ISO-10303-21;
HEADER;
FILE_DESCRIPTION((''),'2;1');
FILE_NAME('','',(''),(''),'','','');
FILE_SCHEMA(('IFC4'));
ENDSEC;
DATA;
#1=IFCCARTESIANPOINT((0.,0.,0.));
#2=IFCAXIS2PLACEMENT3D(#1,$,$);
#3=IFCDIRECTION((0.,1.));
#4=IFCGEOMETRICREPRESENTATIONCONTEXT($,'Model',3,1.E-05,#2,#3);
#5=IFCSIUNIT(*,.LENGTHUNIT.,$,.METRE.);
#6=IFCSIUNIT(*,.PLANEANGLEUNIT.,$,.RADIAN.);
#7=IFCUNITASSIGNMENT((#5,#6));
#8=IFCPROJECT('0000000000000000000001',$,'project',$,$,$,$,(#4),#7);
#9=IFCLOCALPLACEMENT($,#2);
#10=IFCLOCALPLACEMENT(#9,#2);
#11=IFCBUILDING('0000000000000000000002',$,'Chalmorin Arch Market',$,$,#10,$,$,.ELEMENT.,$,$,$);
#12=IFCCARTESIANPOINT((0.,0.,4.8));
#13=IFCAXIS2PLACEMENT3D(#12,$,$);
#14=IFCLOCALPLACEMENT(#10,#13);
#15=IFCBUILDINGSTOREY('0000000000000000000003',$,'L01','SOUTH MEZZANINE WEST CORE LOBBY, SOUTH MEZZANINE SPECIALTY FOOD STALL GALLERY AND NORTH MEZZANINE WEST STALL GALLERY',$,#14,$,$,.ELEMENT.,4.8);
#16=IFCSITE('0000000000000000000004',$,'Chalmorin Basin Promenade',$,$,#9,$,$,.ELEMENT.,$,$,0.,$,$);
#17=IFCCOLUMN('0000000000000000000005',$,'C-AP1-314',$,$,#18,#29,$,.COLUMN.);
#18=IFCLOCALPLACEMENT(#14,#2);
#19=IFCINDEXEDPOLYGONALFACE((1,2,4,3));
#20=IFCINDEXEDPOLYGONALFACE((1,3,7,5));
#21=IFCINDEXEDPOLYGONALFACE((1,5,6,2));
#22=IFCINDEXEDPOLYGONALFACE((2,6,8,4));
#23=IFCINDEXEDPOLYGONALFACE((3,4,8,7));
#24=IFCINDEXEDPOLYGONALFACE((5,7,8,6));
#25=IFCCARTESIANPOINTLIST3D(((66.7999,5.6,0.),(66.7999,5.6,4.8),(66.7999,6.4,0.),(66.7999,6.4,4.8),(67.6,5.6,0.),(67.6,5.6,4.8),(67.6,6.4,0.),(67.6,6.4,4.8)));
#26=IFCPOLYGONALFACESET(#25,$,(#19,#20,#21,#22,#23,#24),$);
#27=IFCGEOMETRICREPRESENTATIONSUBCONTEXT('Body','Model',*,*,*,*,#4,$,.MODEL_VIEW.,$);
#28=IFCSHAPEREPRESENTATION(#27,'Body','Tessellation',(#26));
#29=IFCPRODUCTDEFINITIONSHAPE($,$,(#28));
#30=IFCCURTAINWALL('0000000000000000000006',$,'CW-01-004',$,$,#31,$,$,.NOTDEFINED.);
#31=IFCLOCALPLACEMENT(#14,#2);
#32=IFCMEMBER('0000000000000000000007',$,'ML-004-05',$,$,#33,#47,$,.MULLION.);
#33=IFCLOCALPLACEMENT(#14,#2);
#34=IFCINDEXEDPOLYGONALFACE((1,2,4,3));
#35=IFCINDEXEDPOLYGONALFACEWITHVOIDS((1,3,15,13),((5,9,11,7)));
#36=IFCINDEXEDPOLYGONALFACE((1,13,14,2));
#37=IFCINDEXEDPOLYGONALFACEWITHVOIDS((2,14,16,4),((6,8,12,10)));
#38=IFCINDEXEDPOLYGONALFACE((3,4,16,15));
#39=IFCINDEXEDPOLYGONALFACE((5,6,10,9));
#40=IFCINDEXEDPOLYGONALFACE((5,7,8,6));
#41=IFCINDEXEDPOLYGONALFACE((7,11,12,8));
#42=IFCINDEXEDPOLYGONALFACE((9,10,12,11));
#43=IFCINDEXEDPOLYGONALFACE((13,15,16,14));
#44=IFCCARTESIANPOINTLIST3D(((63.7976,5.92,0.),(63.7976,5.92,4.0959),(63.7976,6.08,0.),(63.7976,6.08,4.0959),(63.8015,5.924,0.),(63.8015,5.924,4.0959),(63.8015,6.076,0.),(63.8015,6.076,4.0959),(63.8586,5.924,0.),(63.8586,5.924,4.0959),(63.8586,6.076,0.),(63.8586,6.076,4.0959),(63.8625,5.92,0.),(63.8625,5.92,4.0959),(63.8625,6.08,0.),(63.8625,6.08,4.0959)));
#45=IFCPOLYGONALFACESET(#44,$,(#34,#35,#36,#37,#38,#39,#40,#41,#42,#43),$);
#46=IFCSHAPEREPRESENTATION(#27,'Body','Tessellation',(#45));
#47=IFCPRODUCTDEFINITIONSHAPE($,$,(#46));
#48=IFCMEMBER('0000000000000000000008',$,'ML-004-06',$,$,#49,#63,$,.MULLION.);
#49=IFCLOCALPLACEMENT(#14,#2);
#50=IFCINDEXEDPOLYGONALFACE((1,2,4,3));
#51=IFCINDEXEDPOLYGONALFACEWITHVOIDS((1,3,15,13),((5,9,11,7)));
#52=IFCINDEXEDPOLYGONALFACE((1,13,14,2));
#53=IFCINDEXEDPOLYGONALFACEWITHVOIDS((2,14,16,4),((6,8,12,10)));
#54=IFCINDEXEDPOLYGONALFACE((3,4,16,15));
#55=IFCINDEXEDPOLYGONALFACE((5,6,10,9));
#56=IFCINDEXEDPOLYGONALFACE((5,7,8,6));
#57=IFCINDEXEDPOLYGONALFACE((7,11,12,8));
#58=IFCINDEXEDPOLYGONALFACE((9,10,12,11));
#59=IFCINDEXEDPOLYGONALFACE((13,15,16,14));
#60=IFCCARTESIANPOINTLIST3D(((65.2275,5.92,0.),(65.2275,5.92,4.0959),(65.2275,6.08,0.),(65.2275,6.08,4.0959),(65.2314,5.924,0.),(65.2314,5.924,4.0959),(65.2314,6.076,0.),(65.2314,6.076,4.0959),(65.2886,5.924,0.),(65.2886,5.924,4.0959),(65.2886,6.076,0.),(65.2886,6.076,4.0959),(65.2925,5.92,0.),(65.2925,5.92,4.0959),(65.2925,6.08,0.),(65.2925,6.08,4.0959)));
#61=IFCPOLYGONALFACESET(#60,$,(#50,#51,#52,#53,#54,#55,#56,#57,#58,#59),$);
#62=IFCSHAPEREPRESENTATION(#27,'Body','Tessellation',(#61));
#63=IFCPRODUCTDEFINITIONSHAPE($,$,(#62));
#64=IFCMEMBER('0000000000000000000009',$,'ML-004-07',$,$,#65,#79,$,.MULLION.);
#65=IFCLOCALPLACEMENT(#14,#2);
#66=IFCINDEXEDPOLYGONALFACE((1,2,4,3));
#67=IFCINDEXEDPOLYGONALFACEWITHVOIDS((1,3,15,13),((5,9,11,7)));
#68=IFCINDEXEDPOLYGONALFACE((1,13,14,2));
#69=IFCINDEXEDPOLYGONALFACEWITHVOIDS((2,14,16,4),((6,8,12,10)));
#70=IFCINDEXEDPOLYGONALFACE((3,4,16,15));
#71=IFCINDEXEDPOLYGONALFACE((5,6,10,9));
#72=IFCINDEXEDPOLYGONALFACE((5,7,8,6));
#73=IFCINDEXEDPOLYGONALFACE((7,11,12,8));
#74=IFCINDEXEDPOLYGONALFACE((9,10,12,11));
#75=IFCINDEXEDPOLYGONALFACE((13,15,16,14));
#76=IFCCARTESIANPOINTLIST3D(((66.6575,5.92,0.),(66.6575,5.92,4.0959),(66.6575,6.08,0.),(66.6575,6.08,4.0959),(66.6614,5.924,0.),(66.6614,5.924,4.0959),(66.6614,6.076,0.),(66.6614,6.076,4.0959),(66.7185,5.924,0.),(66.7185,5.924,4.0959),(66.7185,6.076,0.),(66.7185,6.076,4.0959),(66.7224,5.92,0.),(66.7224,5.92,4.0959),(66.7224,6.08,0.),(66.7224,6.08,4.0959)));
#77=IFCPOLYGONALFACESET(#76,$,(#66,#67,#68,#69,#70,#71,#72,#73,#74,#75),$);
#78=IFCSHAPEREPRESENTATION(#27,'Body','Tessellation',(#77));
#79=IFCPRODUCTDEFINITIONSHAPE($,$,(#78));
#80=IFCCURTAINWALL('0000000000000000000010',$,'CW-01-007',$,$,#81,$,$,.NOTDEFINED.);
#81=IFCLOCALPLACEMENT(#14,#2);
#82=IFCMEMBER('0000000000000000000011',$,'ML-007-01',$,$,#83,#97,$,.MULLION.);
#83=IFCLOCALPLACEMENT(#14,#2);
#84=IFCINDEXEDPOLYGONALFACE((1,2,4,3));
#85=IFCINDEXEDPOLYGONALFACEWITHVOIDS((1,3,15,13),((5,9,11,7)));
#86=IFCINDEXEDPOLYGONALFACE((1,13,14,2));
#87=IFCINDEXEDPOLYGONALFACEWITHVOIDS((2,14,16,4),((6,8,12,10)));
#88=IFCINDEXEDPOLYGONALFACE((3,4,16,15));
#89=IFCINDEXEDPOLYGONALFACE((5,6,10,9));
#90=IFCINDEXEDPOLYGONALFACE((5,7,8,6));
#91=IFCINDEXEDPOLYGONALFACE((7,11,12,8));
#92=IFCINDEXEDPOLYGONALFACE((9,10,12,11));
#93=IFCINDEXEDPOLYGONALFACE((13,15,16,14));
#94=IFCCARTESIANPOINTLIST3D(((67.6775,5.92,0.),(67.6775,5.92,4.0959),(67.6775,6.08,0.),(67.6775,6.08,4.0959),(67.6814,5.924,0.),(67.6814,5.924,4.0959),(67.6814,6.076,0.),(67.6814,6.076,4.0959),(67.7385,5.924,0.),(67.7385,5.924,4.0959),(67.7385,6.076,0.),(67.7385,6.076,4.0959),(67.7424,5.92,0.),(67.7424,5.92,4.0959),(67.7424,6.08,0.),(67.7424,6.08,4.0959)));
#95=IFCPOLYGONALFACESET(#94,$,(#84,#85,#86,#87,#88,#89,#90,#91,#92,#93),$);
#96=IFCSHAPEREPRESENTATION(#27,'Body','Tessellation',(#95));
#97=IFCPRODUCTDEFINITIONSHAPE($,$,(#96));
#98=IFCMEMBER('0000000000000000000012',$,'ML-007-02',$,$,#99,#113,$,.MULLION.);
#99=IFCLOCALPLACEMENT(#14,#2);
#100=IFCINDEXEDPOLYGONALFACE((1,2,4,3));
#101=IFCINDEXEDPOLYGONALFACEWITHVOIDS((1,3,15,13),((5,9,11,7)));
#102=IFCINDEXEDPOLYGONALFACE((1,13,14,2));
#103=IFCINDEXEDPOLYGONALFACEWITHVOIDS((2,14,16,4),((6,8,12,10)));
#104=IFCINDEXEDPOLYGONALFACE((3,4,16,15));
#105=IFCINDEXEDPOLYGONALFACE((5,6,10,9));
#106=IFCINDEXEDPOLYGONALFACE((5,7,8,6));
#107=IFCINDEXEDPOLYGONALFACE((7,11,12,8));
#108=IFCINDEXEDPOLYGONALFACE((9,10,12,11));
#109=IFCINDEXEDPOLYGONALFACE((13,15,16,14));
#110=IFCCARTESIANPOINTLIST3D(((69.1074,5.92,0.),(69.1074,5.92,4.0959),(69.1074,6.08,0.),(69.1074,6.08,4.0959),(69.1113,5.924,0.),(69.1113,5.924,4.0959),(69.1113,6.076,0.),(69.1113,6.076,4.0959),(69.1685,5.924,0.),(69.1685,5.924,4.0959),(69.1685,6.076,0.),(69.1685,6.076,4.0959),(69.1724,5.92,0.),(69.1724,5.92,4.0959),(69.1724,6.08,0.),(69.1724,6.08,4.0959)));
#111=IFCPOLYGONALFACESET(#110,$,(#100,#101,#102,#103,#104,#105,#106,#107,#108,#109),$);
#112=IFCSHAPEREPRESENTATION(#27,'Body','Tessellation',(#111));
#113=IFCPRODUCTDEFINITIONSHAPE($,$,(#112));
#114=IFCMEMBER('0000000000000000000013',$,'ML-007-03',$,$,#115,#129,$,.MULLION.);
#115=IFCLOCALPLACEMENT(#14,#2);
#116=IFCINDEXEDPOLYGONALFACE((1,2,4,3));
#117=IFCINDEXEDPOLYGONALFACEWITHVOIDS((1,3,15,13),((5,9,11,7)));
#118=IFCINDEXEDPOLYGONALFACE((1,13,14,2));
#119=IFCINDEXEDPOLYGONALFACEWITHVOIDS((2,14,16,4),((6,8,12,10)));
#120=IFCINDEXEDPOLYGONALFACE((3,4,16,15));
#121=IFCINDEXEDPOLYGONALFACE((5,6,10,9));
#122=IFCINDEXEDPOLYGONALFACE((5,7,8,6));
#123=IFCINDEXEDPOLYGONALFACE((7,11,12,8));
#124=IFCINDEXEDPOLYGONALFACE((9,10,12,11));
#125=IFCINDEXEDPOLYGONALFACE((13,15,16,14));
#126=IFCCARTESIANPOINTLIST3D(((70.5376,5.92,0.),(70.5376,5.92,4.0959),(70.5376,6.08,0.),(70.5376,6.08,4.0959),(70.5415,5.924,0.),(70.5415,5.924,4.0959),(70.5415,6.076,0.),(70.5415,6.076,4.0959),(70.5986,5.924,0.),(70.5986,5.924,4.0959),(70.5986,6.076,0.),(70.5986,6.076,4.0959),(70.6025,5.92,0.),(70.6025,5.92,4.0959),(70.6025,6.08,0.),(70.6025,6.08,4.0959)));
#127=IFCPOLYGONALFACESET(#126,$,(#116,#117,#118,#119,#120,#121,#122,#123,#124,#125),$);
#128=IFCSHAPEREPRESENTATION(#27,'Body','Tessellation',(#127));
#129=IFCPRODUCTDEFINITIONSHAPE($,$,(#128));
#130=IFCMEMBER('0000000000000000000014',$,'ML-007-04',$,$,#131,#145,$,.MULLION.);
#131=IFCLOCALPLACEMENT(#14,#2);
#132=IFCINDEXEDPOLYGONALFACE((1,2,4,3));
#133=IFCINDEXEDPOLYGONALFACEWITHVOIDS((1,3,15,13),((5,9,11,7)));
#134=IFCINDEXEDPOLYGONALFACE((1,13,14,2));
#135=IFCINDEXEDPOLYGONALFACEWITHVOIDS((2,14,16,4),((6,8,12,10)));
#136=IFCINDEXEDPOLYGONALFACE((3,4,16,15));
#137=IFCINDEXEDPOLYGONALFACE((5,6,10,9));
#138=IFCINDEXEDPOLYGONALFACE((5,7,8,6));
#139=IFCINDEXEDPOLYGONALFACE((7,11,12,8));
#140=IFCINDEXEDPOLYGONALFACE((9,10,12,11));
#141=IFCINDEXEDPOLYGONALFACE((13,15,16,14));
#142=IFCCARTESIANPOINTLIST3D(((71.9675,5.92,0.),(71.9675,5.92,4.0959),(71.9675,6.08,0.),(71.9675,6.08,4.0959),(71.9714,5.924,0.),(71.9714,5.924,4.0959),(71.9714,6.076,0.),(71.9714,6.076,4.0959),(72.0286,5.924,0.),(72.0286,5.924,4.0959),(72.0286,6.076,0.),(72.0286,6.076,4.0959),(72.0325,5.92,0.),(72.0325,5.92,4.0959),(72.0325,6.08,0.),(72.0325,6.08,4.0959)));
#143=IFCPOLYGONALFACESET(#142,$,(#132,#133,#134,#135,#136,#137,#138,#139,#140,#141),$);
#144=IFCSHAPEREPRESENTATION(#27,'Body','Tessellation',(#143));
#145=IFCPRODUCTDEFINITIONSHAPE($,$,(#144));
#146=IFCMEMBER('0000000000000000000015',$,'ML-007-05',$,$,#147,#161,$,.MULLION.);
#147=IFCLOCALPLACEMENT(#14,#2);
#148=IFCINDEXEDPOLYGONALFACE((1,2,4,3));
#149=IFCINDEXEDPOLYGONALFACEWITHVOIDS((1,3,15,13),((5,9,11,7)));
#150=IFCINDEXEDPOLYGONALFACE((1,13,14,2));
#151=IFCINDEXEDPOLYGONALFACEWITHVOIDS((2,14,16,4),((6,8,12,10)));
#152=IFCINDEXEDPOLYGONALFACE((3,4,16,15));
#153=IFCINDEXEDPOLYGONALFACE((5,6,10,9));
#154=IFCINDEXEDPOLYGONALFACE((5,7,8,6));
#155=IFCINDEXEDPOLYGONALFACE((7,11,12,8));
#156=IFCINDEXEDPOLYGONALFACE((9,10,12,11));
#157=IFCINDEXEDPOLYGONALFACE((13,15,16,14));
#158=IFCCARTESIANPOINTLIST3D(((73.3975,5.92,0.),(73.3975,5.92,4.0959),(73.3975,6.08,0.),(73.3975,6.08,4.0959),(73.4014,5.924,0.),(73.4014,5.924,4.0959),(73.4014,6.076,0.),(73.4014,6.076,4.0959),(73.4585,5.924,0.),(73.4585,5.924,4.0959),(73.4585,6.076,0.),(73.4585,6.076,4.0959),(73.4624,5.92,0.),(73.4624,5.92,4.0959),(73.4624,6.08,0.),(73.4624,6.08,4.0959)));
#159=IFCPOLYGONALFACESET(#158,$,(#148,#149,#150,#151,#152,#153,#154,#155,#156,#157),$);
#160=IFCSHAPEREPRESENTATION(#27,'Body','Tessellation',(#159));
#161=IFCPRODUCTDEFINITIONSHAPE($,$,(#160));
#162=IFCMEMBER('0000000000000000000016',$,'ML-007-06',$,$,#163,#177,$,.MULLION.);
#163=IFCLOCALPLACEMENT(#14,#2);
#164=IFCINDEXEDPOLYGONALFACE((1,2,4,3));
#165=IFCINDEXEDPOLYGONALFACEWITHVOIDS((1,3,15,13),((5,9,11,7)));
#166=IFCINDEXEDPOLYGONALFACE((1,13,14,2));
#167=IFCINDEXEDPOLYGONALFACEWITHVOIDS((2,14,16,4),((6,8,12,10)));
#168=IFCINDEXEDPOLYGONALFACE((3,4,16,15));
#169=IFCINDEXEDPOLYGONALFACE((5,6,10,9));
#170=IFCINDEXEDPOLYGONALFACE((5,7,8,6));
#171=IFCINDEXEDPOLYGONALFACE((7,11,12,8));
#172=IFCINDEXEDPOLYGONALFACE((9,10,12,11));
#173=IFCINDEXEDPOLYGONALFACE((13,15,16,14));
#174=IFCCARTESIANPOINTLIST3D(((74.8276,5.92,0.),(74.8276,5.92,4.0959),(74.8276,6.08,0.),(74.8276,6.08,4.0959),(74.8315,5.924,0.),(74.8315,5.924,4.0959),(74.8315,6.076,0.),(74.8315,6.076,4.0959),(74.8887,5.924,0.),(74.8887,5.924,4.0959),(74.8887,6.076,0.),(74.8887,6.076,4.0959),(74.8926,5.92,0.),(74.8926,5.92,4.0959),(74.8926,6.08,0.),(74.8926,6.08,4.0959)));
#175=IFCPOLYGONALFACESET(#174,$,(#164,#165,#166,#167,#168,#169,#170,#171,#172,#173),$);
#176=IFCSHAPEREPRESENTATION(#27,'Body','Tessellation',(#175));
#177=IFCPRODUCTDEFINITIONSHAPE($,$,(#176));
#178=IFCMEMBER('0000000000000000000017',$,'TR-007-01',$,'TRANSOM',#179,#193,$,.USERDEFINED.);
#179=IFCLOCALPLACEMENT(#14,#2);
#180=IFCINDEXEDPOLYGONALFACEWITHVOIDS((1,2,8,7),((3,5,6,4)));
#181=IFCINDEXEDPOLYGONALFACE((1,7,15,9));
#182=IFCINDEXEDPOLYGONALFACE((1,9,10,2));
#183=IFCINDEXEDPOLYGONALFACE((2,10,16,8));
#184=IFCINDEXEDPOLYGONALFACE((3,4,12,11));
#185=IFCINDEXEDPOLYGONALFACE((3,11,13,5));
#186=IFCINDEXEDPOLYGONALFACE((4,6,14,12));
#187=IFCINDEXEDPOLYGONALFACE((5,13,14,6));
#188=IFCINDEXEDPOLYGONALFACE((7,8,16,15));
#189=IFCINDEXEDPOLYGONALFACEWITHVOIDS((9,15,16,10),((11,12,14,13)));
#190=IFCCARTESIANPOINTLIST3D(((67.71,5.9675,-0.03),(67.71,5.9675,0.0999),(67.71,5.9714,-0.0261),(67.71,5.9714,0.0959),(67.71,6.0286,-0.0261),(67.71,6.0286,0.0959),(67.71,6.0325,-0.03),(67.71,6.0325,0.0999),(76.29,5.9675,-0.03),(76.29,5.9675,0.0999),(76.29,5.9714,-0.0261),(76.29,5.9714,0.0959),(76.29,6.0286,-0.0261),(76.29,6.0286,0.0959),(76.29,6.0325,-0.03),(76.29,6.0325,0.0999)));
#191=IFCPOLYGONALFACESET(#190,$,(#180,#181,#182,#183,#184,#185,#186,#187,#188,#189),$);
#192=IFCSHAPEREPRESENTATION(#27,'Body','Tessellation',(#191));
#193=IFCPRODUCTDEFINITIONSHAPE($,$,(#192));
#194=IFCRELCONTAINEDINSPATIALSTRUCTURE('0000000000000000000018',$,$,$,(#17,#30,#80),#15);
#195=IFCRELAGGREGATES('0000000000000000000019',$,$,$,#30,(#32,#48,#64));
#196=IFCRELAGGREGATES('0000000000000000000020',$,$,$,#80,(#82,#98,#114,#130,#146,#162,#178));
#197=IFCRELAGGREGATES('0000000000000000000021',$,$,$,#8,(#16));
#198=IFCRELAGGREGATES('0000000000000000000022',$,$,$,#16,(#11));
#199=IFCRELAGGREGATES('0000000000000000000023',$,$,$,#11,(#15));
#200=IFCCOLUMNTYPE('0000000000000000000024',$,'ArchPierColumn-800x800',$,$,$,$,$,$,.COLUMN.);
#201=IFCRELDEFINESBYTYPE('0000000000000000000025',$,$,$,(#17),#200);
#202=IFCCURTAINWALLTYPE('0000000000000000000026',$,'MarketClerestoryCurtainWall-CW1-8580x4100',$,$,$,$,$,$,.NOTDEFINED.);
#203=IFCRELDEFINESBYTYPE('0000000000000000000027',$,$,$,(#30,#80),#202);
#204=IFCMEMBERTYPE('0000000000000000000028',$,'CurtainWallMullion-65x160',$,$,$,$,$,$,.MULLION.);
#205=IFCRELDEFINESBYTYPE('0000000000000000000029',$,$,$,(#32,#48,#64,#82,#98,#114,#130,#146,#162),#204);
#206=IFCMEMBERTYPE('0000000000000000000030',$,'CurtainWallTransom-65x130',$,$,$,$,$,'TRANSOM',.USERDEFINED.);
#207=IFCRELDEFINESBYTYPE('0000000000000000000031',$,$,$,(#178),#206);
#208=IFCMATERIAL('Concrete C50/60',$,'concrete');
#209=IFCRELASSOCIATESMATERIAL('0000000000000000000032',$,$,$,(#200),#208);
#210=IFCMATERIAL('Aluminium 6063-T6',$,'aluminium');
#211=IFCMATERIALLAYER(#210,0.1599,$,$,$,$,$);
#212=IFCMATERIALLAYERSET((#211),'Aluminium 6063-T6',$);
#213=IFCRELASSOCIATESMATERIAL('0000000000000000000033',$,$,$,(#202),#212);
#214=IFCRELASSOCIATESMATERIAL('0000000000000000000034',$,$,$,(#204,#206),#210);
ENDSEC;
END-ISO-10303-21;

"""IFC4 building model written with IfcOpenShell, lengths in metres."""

from ifc_helpers import new_model, si_unit, direction, frame, origin, origin_2d, place, context, subcontext, project, spatial, rectangle, hollow_rectangle, extrude, material, layer, layer_set, material_profile, profile_set, type_object, element, aggregate, save


model = new_model("IFC4")

# Units and contexts
model_context = context("Model", 3, precision=1e-05, world=origin(), true_north=direction((0.0, 1.0)))
body_context = subcontext(model_context, "Body", "Model", "MODEL_VIEW")
ifc_project = project(units=[si_unit("LENGTHUNIT", "METRE"), si_unit("PLANEANGLEUNIT", "RADIAN")], contexts=[model_context])

# Site, building, storey
site_placement = place(None, origin())
site = spatial("IfcSite", under=ifc_project, at=site_placement, Name="Chalmorin Basin Promenade", CompositionType="ELEMENT", RefElevation=0.0)
building_placement = place(site_placement, origin())
building = spatial("IfcBuilding", under=site, at=building_placement, Name="Chalmorin Arch Market", CompositionType="ELEMENT")
storey_placement = place(building_placement, frame((0.0, 0.0, 4.8)))
storey = spatial("IfcBuildingStorey", under=building, at=storey_placement, Name="L01", Description="SOUTH MEZZANINE WEST CORE LOBBY, SOUTH MEZZANINE SPECIALTY FOOD STALL GALLERY AND NORTH MEZZANINE WEST STALL GALLERY", CompositionType="ELEMENT", Elevation=4.8)

# Column
ifc_material_1 = material(Name="Concrete C50/60", Category="concrete")
ifc_material_profile_1 = material_profile(ifc_material_1, rectangle(XDim=0.8, YDim=0.8, at=origin_2d()), Name="RC800X800")
ifc_profile_set_1 = profile_set([ifc_material_profile_1], Name="Concrete C50/60")
column_type = type_object("IfcColumnType", Name="ArchPierColumn-800x800", PredefinedType="COLUMN", material=ifc_profile_set_1)
column_placement = place(storey_placement, frame((67.2, 6.0, 0.0), z_axis=(0.0, 0.0, 1.0), x_axis=(1.0, 0.0, 0.0)))
element("IfcColumn", 1, at=column_placement, inside=storey, type_object=column_type, Name="C-AP1-314", PredefinedType="COLUMN", context=body_context, shape_type="SweptSolid", body=[
    extrude(rectangle(XDim=0.8, YDim=0.8, at=origin_2d()), origin(), (0.0, 0.0, 1.0), 4.8),
])

# Curtain walls, members
ifc_material_2 = material(Name="Aluminium 6063-T6", Category="aluminium")
ifc_layer_1 = layer(ifc_material_2, 0.1599)
ifc_layer_set_1 = layer_set([ifc_layer_1], Name="Aluminium 6063-T6")
curtain_wall_type = type_object("IfcCurtainWallType", Name="MarketClerestoryCurtainWall-CW1-8580x4100", PredefinedType="NOTDEFINED", material=ifc_layer_set_1)
curtain_wall_1_placement = place(storey_placement, origin())
curtain_wall_1 = element("IfcCurtainWall", 2, at=curtain_wall_1_placement, inside=storey, type_object=curtain_wall_type, Name="CW-01-004", PredefinedType="NOTDEFINED")
ifc_material_profile_2 = material_profile(ifc_material_2, hollow_rectangle(XDim=0.0649, YDim=0.1599, WallThickness=0.0039, at=origin_2d()), Name="ALU65X160X4")
ifc_profile_set_2 = profile_set([ifc_material_profile_2], Name="Aluminium 6063-T6")
member_type_1 = type_object("IfcMemberType", Name="CurtainWallMullion-65x160", PredefinedType="MULLION", material=ifc_profile_set_2)
member_1_placement = place(storey_placement, frame((63.8301, 6.0, 0.0), z_axis=(0.0, 0.0, 1.0), x_axis=(1.0, 0.0, 0.0)))
member_1 = element("IfcMember", 3, at=member_1_placement, type_object=member_type_1, Name="ML-004-05", PredefinedType="MULLION", context=body_context, shape_type="SweptSolid", body=[
    extrude(hollow_rectangle(XDim=0.0649, YDim=0.1599, WallThickness=0.0039, at=origin_2d()), origin(), (0.0, 0.0, 1.0), 4.0959),
])
member_2_placement = place(storey_placement, frame((65.26, 6.0, 0.0), z_axis=(0.0, 0.0, 1.0), x_axis=(1.0, 0.0, 0.0)))
member_2 = element("IfcMember", 4, at=member_2_placement, type_object=member_type_1, Name="ML-004-06", PredefinedType="MULLION", context=body_context, shape_type="SweptSolid", body=[
    extrude(hollow_rectangle(XDim=0.0649, YDim=0.1599, WallThickness=0.0039, at=origin_2d()), origin(), (0.0, 0.0, 1.0), 4.0959),
])
member_3_placement = place(storey_placement, frame((66.6899, 6.0, 0.0), z_axis=(0.0, 0.0, 1.0), x_axis=(1.0, 0.0, 0.0)))
member_3 = element("IfcMember", 5, at=member_3_placement, type_object=member_type_1, Name="ML-004-07", PredefinedType="MULLION", context=body_context, shape_type="SweptSolid", body=[
    extrude(hollow_rectangle(XDim=0.0649, YDim=0.1599, WallThickness=0.0039, at=origin_2d()), origin(), (0.0, 0.0, 1.0), 4.0959),
])
curtain_wall_2_placement = place(storey_placement, origin())
curtain_wall_2 = element("IfcCurtainWall", 6, at=curtain_wall_2_placement, inside=storey, type_object=curtain_wall_type, Name="CW-01-007", PredefinedType="NOTDEFINED")
member_4_placement = place(storey_placement, frame((67.71, 6.0, 0.0), z_axis=(0.0, 0.0, 1.0), x_axis=(1.0, 0.0, 0.0)))
member_4 = element("IfcMember", 7, at=member_4_placement, type_object=member_type_1, Name="ML-007-01", PredefinedType="MULLION", context=body_context, shape_type="SweptSolid", body=[
    extrude(hollow_rectangle(XDim=0.0649, YDim=0.1599, WallThickness=0.0039, at=origin_2d()), origin(), (0.0, 0.0, 1.0), 4.0959),
])
member_5_placement = place(storey_placement, frame((69.1399, 6.0, 0.0), z_axis=(0.0, 0.0, 1.0), x_axis=(1.0, 0.0, 0.0)))
member_5 = element("IfcMember", 8, at=member_5_placement, type_object=member_type_1, Name="ML-007-02", PredefinedType="MULLION", context=body_context, shape_type="SweptSolid", body=[
    extrude(hollow_rectangle(XDim=0.0649, YDim=0.1599, WallThickness=0.0039, at=origin_2d()), origin(), (0.0, 0.0, 1.0), 4.0959),
])
member_6_placement = place(storey_placement, frame((70.5701, 6.0, 0.0), z_axis=(0.0, 0.0, 1.0), x_axis=(1.0, 0.0, 0.0)))
member_6 = element("IfcMember", 9, at=member_6_placement, type_object=member_type_1, Name="ML-007-03", PredefinedType="MULLION", context=body_context, shape_type="SweptSolid", body=[
    extrude(hollow_rectangle(XDim=0.0649, YDim=0.1599, WallThickness=0.0039, at=origin_2d()), origin(), (0.0, 0.0, 1.0), 4.0959),
])
member_7_placement = place(storey_placement, frame((72.0, 6.0, 0.0), z_axis=(0.0, 0.0, 1.0), x_axis=(1.0, 0.0, 0.0)))
member_7 = element("IfcMember", 10, at=member_7_placement, type_object=member_type_1, Name="ML-007-04", PredefinedType="MULLION", context=body_context, shape_type="SweptSolid", body=[
    extrude(hollow_rectangle(XDim=0.0649, YDim=0.1599, WallThickness=0.0039, at=origin_2d()), origin(), (0.0, 0.0, 1.0), 4.0959),
])
member_8_placement = place(storey_placement, frame((73.4299, 6.0, 0.0), z_axis=(0.0, 0.0, 1.0), x_axis=(1.0, 0.0, 0.0)))
member_8 = element("IfcMember", 11, at=member_8_placement, type_object=member_type_1, Name="ML-007-05", PredefinedType="MULLION", context=body_context, shape_type="SweptSolid", body=[
    extrude(hollow_rectangle(XDim=0.0649, YDim=0.1599, WallThickness=0.0039, at=origin_2d()), origin(), (0.0, 0.0, 1.0), 4.0959),
])
member_9_placement = place(storey_placement, frame((74.8601, 6.0, 0.0), z_axis=(0.0, 0.0, 1.0), x_axis=(1.0, 0.0, 0.0)))
member_9 = element("IfcMember", 12, at=member_9_placement, type_object=member_type_1, Name="ML-007-06", PredefinedType="MULLION", context=body_context, shape_type="SweptSolid", body=[
    extrude(hollow_rectangle(XDim=0.0649, YDim=0.1599, WallThickness=0.0039, at=origin_2d()), origin(), (0.0, 0.0, 1.0), 4.0959),
])
ifc_material_profile_3 = material_profile(ifc_material_2, hollow_rectangle(XDim=0.0649, YDim=0.1299, WallThickness=0.0039, at=origin_2d()), Name="ALU65X130X4")
ifc_profile_set_3 = profile_set([ifc_material_profile_3], Name="Aluminium 6063-T6")
member_type_2 = type_object("IfcMemberType", Name="CurtainWallTransom-65x130", ElementType="TRANSOM", PredefinedType="USERDEFINED", material=ifc_profile_set_3)
member_10_placement = place(storey_placement, frame((67.71, 6.0, 0.0349), z_axis=(1.0, 0.0, 0.0), x_axis=(0.0, 1.0, 0.0)))
member_10 = element("IfcMember", 13, at=member_10_placement, type_object=member_type_2, Name="TR-007-01", ObjectType="TRANSOM", PredefinedType="USERDEFINED", context=body_context, shape_type="SweptSolid", body=[
    extrude(hollow_rectangle(XDim=0.0649, YDim=0.1299, WallThickness=0.0039, at=origin_2d()), origin(), (0.0, 0.0, 1.0), 8.5801),
])

aggregate(curtain_wall_1, [member_1, member_2, member_3])
aggregate(curtain_wall_2, [member_4, member_5, member_6, member_7, member_8, member_9, member_10])

save(model, "model.ifc")
